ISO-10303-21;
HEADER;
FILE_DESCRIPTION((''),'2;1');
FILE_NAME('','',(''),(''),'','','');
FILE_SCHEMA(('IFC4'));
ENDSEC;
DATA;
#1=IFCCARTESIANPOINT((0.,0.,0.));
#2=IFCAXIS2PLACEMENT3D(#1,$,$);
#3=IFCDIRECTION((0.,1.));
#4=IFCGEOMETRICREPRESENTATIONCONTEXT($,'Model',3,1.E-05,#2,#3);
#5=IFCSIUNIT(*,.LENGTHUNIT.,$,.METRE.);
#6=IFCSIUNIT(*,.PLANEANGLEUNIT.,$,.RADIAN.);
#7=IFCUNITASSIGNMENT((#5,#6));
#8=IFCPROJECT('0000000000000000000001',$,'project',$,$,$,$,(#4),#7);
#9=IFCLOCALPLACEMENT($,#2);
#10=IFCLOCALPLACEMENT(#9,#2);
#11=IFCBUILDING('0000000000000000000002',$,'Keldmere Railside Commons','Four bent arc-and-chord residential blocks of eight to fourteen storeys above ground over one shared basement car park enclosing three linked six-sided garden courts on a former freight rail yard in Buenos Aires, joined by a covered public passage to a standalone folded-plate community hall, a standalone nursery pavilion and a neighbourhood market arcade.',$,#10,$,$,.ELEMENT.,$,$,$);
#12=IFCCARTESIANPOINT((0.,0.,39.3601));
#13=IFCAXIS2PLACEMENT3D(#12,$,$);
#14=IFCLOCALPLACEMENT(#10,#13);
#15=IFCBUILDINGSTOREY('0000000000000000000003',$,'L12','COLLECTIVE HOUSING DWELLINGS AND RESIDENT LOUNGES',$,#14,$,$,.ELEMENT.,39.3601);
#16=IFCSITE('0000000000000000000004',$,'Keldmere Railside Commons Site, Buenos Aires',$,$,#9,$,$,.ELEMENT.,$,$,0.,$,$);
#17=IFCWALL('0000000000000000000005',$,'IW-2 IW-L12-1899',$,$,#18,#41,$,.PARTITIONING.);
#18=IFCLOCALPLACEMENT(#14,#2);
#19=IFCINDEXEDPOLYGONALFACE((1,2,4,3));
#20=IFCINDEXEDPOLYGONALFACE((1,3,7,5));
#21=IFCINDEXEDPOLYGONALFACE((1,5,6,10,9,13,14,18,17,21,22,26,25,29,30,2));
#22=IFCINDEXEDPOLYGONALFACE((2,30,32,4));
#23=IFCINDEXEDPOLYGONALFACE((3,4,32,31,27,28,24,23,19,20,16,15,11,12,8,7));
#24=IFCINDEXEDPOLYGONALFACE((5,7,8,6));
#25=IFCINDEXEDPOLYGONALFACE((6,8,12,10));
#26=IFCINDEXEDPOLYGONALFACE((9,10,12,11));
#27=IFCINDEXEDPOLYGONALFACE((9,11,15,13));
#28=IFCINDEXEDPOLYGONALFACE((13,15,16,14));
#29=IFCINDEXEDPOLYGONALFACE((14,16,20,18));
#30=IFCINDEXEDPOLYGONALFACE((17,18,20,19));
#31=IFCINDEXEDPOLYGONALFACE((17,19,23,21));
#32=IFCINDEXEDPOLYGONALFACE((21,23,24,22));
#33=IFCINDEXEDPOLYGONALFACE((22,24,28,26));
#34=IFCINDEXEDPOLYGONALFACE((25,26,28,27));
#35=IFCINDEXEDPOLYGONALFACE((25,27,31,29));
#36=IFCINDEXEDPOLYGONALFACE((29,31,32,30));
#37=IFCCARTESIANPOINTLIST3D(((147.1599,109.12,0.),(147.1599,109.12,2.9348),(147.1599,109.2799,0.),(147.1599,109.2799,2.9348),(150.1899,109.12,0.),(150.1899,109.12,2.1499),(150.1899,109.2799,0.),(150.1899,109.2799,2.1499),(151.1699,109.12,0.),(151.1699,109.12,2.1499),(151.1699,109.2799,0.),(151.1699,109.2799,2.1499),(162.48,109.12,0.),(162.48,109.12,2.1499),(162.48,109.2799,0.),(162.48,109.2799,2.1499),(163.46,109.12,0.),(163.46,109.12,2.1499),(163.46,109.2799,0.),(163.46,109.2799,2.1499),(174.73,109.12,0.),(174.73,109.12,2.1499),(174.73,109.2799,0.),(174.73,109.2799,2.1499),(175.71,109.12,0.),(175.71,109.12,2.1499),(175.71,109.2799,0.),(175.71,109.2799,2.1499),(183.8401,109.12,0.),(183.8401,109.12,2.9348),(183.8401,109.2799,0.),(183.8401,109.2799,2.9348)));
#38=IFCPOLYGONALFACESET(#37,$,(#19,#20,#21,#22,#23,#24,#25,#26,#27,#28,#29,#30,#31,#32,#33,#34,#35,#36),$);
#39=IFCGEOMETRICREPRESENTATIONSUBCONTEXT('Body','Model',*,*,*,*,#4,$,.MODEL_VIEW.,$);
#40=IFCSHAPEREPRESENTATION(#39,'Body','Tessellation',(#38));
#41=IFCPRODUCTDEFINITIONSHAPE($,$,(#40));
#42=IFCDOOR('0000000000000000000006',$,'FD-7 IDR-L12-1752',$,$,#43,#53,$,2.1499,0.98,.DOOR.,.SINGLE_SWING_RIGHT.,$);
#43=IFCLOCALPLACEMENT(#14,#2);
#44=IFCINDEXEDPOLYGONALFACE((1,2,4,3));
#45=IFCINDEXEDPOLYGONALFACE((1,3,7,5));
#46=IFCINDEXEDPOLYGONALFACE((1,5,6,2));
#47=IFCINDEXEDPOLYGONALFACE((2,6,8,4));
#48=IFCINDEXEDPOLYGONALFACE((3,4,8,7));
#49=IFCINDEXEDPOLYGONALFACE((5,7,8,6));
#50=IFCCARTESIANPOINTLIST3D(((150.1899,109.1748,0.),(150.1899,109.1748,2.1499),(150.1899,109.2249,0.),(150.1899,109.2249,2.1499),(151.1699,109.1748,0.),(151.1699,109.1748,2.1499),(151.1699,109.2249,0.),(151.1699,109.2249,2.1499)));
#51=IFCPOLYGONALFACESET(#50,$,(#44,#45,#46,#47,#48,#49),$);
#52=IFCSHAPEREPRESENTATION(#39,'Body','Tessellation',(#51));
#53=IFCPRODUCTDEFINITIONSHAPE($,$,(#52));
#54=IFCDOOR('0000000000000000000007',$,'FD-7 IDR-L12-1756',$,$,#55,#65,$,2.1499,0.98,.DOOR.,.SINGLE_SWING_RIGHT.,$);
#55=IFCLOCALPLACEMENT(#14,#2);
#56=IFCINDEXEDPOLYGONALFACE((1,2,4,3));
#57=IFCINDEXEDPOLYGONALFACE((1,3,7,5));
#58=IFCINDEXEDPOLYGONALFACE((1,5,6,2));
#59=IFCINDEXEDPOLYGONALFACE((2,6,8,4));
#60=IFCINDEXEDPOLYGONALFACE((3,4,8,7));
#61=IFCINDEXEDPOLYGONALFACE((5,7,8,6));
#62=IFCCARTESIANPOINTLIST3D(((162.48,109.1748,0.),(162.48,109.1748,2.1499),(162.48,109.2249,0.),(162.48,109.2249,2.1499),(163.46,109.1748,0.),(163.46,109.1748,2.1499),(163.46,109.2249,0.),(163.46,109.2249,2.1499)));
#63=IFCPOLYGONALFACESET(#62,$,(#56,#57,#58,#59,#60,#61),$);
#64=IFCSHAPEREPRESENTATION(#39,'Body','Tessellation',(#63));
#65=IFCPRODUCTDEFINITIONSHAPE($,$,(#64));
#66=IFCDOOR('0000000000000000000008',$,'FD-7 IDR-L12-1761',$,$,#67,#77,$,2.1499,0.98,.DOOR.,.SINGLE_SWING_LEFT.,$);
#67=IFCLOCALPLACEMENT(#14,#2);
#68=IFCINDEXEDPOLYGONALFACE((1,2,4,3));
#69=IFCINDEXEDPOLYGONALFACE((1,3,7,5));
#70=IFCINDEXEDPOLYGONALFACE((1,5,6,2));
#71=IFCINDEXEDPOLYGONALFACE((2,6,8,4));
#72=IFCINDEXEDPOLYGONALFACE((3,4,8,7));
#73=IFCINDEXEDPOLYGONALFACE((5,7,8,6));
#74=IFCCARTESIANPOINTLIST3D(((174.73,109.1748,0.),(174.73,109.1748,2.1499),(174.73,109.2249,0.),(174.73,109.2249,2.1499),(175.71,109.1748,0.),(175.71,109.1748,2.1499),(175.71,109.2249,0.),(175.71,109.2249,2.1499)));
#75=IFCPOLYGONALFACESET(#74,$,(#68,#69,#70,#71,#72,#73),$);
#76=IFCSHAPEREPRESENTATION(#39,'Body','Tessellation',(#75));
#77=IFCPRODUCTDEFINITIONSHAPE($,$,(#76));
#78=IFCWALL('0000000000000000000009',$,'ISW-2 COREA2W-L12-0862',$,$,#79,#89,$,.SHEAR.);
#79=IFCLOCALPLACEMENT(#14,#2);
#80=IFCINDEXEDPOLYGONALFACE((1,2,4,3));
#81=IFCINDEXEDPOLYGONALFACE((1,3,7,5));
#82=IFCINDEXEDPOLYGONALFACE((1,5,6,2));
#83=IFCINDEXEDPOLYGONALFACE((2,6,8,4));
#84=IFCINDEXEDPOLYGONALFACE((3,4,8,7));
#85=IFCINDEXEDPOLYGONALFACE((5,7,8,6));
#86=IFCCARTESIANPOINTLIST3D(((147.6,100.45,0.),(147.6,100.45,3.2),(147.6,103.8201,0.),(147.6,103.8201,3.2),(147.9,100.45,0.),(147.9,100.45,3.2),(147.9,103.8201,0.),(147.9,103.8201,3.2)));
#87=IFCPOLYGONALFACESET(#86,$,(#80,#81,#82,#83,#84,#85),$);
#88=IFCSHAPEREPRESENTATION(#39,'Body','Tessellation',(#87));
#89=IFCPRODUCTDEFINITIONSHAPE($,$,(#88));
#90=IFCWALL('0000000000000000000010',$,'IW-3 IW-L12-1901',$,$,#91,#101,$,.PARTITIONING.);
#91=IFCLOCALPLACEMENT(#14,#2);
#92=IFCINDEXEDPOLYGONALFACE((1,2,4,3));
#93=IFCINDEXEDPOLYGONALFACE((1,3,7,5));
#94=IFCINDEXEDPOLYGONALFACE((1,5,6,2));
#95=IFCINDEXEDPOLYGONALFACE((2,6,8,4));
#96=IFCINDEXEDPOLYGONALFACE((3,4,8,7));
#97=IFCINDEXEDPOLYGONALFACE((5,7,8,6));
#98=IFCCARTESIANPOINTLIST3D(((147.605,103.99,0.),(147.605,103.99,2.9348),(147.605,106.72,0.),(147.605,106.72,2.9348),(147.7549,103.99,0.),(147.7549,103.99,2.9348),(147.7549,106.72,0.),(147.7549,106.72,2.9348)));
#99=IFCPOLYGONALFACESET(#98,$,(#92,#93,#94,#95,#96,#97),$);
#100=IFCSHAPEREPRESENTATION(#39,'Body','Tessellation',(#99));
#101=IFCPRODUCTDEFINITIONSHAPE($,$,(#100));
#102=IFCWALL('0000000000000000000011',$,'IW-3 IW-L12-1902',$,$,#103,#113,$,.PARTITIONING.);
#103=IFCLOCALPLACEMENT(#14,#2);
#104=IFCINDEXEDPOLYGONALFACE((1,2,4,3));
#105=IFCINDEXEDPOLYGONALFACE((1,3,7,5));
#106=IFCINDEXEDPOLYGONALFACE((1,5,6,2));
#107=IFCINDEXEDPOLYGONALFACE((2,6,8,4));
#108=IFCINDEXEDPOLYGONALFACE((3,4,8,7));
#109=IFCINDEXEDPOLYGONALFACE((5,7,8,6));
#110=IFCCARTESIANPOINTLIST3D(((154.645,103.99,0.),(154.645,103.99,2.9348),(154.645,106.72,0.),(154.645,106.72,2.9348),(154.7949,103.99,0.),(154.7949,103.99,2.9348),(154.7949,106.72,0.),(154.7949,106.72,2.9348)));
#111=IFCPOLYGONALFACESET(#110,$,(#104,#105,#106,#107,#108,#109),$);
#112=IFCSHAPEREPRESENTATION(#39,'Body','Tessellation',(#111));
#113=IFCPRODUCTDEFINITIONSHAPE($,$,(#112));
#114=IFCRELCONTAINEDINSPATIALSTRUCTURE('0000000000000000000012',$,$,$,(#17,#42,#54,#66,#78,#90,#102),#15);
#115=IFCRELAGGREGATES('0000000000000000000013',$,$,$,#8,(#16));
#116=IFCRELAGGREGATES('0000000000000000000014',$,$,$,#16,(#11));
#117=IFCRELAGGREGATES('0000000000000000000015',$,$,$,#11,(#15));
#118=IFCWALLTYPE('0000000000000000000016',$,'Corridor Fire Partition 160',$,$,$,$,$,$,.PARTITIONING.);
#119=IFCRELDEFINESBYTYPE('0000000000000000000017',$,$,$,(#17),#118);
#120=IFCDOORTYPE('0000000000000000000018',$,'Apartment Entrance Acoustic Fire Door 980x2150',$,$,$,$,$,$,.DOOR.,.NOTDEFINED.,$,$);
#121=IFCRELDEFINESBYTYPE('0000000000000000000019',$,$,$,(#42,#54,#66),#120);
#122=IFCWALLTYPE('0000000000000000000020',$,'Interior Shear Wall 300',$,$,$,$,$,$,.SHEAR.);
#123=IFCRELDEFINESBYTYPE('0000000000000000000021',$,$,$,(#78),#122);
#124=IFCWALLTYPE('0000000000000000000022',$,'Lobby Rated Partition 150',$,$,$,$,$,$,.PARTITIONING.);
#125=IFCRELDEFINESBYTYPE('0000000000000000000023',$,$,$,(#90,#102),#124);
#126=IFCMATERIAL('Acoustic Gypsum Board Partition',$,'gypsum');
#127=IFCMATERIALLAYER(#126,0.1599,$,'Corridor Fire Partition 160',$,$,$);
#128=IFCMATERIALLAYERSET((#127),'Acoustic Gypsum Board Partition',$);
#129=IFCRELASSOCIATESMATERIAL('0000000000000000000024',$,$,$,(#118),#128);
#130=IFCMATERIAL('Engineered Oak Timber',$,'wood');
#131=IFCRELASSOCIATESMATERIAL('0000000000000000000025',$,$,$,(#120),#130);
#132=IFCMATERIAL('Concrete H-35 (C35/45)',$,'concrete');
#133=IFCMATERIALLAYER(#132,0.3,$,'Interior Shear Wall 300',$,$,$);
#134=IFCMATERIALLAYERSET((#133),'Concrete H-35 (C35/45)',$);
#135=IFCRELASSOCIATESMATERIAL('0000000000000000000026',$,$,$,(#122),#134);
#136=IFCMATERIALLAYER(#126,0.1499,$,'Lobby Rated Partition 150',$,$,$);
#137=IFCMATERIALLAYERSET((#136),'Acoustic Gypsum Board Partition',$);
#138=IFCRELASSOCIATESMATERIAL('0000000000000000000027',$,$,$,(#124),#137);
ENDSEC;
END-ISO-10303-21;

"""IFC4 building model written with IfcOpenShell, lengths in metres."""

from ifc_helpers import new_model, si_unit, direction, frame, frame_2d, origin, place, context, subcontext, project, spatial, rectangle, extrude, material, layer, layer_set, type_object, element, fill, save


model = new_model("IFC4")

# Units and contexts
model_context = context("Model", 3, precision=1e-05, world=origin(), true_north=direction((0.0, 1.0)))
body_context = subcontext(model_context, "Body", "Model", "MODEL_VIEW")
ifc_project = project(units=[si_unit("LENGTHUNIT", "METRE"), si_unit("PLANEANGLEUNIT", "RADIAN")], contexts=[model_context])

# Site, building, storey
site_placement = place(None, origin())
site = spatial("IfcSite", under=ifc_project, at=site_placement, Name="Keldmere Railside Commons Site, Buenos Aires", CompositionType="ELEMENT", RefElevation=0.0)
building_placement = place(site_placement, origin())
building = spatial("IfcBuilding", under=site, at=building_placement, Name="Keldmere Railside Commons", Description="Four bent arc-and-chord residential blocks of eight to fourteen storeys above ground over one shared basement car park enclosing three linked six-sided garden courts on a former freight rail yard in Buenos Aires, joined by a covered public passage to a standalone folded-plate community hall, a standalone nursery pavilion and a neighbourhood market arcade.", CompositionType="ELEMENT")
storey_placement = place(building_placement, frame((0.0, 0.0, 39.3601)))
storey = spatial("IfcBuildingStorey", under=building, at=storey_placement, Name="L12", Description="COLLECTIVE HOUSING DWELLINGS AND RESIDENT LOUNGES", CompositionType="ELEMENT", Elevation=39.3601)

# Shared definitions
ifc_material_1 = material(Name="Concrete H-35 (C35/45)", Category="concrete")

# Shared definitions
ifc_material_2 = material(Name="Acoustic Gypsum Board Partition", Category="gypsum")
ifc_material_3 = material(Name="Engineered Oak Timber", Category="wood")

# Wall, openings, doors
ifc_layer_1 = layer(ifc_material_2, 0.1599, Name="Corridor Fire Partition 160")
ifc_layer_set_1 = layer_set([ifc_layer_1], Name="Acoustic Gypsum Board Partition")
wall_type_1 = type_object("IfcWallType", Name="Corridor Fire Partition 160", PredefinedType="PARTITIONING", material=ifc_layer_set_1)
door_type_1 = type_object("IfcDoorType", Name="Apartment Entrance Acoustic Fire Door 980x2150", OperationType="NOTDEFINED", PredefinedType="DOOR", material=ifc_material_3)
wall_1_placement = place(storey_placement, frame((147.1599, 109.2, 0.0), z_axis=(0.0, 0.0, 1.0), x_axis=(1.0, 0.0, 0.0)))
wall_1 = element("IfcWall", 1, at=wall_1_placement, inside=storey, type_object=wall_type_1, Name="IW-2 IW-L12-1899", PredefinedType="PARTITIONING", context=body_context, shape_type="SweptSolid", body=[
    extrude(rectangle(XDim=36.6802, YDim=0.1599, at=frame_2d((18.3401, 0.0))), origin(), (0.0, 0.0, 1.0), 2.9348),
])
opening_1_placement = place(wall_1_placement, frame((3.03, 0.0, 0.0)))
opening_1 = element("IfcOpeningElement", 2, at=opening_1_placement, cuts=wall_1, PredefinedType="OPENING", context=body_context, shape_type="SweptSolid", body=[
    extrude(rectangle(XDim=0.98, YDim=2.1499, at=frame_2d((0.49, 1.075))), frame((0.0, 0.0898, 0.0), z_axis=(0.0, -1.0, 0.0), x_axis=(1.0, 0.0, 0.0)), (0.0, 0.0, 1.0), 0.1799),
])
opening_2_placement = place(wall_1_placement, frame((15.3201, 0.0, 0.0)))
opening_2 = element("IfcOpeningElement", 3, at=opening_2_placement, cuts=wall_1, PredefinedType="OPENING", context=body_context, shape_type="SweptSolid", body=[
    extrude(rectangle(XDim=0.98, YDim=2.1499, at=frame_2d((0.49, 1.075))), frame((0.0, 0.0898, 0.0), z_axis=(0.0, -1.0, 0.0), x_axis=(1.0, 0.0, 0.0)), (0.0, 0.0, 1.0), 0.1799),
])
opening_3_placement = place(wall_1_placement, frame((27.5701, 0.0, 0.0)))
opening_3 = element("IfcOpeningElement", 4, at=opening_3_placement, cuts=wall_1, PredefinedType="OPENING", context=body_context, shape_type="SweptSolid", body=[
    extrude(rectangle(XDim=0.98, YDim=2.1499, at=frame_2d((0.49, 1.075))), frame((0.0, 0.0898, 0.0), z_axis=(0.0, -1.0, 0.0), x_axis=(1.0, 0.0, 0.0)), (0.0, 0.0, 1.0), 0.1799),
])
door_1_placement = place(opening_1_placement, origin())
door_1 = element("IfcDoor", 5, at=door_1_placement, inside=storey, type_object=door_type_1, Name="FD-7 IDR-L12-1752", OperationType="SINGLE_SWING_RIGHT", OverallHeight=2.1499, OverallWidth=0.98, PredefinedType="DOOR", context=body_context, shape_type="SweptSolid", body=[
    extrude(rectangle(XDim=0.98, YDim=2.1499, at=frame_2d((0.49, 1.075))), frame((0.0, 0.0249, 0.0), z_axis=(0.0, -1.0, 0.0), x_axis=(1.0, 0.0, 0.0)), (0.0, 0.0, 1.0), 0.05),
])
fill(opening_1, door_1)
door_2_placement = place(opening_2_placement, origin())
door_2 = element("IfcDoor", 6, at=door_2_placement, inside=storey, type_object=door_type_1, Name="FD-7 IDR-L12-1756", OperationType="SINGLE_SWING_RIGHT", OverallHeight=2.1499, OverallWidth=0.98, PredefinedType="DOOR", context=body_context, shape_type="SweptSolid", body=[
    extrude(rectangle(XDim=0.98, YDim=2.1499, at=frame_2d((0.49, 1.075))), frame((0.0, 0.0249, 0.0), z_axis=(0.0, -1.0, 0.0), x_axis=(1.0, 0.0, 0.0)), (0.0, 0.0, 1.0), 0.05),
])
fill(opening_2, door_2)
door_3_placement = place(opening_3_placement, origin())
door_3 = element("IfcDoor", 7, at=door_3_placement, inside=storey, type_object=door_type_1, Name="FD-7 IDR-L12-1761", OperationType="SINGLE_SWING_LEFT", OverallHeight=2.1499, OverallWidth=0.98, PredefinedType="DOOR", context=body_context, shape_type="SweptSolid", body=[
    extrude(rectangle(XDim=0.98, YDim=2.1499, at=frame_2d((0.49, 1.075))), frame((0.0, 0.0249, 0.0), z_axis=(0.0, -1.0, 0.0), x_axis=(1.0, 0.0, 0.0)), (0.0, 0.0, 1.0), 0.05),
])
fill(opening_3, door_3)

# Wall
ifc_layer_2 = layer(ifc_material_1, 0.3, Name="Interior Shear Wall 300")
ifc_layer_set_2 = layer_set([ifc_layer_2], Name="Concrete H-35 (C35/45)")
wall_type_2 = type_object("IfcWallType", Name="Interior Shear Wall 300", PredefinedType="SHEAR", material=ifc_layer_set_2)
wall_2_placement = place(storey_placement, frame((147.75, 103.8201, 0.0), z_axis=(0.0, 0.0, 1.0), x_axis=(0.0, -1.0, 0.0)))
element("IfcWall", 8, at=wall_2_placement, inside=storey, type_object=wall_type_2, Name="ISW-2 COREA2W-L12-0862", PredefinedType="SHEAR", context=body_context, shape_type="SweptSolid", body=[
    extrude(rectangle(XDim=3.3701, YDim=0.3, at=frame_2d((1.6851, 0.0))), origin(), (0.0, 0.0, 1.0), 3.2),
])

# Walls
ifc_layer_3 = layer(ifc_material_2, 0.1499, Name="Lobby Rated Partition 150")
ifc_layer_set_3 = layer_set([ifc_layer_3], Name="Acoustic Gypsum Board Partition")
wall_type_3 = type_object("IfcWallType", Name="Lobby Rated Partition 150", PredefinedType="PARTITIONING", material=ifc_layer_set_3)
for number, where, z_axis, x_axis, name in (
    (9, (147.6799, 103.99, 0.0), (0.0, 0.0, 1.0), (0.0, 1.0, 0.0), "IW-3 IW-L12-1901"),
    (10, (154.72, 103.99, 0.0), (0.0, 0.0, 1.0), (0.0, 1.0, 0.0), "IW-3 IW-L12-1902"),
):
    element("IfcWall", number, at=place(storey_placement, frame(where, z_axis=z_axis, x_axis=x_axis)), inside=storey, type_object=wall_type_3, Name=name, PredefinedType="PARTITIONING", context=body_context, shape_type="SweptSolid", body=[
        extrude(rectangle(XDim=2.73, YDim=0.1499, at=frame_2d((1.365, 0.0))), origin(), (0.0, 0.0, 1.0), 2.9348),
    ])

save(model, "model.ifc")
